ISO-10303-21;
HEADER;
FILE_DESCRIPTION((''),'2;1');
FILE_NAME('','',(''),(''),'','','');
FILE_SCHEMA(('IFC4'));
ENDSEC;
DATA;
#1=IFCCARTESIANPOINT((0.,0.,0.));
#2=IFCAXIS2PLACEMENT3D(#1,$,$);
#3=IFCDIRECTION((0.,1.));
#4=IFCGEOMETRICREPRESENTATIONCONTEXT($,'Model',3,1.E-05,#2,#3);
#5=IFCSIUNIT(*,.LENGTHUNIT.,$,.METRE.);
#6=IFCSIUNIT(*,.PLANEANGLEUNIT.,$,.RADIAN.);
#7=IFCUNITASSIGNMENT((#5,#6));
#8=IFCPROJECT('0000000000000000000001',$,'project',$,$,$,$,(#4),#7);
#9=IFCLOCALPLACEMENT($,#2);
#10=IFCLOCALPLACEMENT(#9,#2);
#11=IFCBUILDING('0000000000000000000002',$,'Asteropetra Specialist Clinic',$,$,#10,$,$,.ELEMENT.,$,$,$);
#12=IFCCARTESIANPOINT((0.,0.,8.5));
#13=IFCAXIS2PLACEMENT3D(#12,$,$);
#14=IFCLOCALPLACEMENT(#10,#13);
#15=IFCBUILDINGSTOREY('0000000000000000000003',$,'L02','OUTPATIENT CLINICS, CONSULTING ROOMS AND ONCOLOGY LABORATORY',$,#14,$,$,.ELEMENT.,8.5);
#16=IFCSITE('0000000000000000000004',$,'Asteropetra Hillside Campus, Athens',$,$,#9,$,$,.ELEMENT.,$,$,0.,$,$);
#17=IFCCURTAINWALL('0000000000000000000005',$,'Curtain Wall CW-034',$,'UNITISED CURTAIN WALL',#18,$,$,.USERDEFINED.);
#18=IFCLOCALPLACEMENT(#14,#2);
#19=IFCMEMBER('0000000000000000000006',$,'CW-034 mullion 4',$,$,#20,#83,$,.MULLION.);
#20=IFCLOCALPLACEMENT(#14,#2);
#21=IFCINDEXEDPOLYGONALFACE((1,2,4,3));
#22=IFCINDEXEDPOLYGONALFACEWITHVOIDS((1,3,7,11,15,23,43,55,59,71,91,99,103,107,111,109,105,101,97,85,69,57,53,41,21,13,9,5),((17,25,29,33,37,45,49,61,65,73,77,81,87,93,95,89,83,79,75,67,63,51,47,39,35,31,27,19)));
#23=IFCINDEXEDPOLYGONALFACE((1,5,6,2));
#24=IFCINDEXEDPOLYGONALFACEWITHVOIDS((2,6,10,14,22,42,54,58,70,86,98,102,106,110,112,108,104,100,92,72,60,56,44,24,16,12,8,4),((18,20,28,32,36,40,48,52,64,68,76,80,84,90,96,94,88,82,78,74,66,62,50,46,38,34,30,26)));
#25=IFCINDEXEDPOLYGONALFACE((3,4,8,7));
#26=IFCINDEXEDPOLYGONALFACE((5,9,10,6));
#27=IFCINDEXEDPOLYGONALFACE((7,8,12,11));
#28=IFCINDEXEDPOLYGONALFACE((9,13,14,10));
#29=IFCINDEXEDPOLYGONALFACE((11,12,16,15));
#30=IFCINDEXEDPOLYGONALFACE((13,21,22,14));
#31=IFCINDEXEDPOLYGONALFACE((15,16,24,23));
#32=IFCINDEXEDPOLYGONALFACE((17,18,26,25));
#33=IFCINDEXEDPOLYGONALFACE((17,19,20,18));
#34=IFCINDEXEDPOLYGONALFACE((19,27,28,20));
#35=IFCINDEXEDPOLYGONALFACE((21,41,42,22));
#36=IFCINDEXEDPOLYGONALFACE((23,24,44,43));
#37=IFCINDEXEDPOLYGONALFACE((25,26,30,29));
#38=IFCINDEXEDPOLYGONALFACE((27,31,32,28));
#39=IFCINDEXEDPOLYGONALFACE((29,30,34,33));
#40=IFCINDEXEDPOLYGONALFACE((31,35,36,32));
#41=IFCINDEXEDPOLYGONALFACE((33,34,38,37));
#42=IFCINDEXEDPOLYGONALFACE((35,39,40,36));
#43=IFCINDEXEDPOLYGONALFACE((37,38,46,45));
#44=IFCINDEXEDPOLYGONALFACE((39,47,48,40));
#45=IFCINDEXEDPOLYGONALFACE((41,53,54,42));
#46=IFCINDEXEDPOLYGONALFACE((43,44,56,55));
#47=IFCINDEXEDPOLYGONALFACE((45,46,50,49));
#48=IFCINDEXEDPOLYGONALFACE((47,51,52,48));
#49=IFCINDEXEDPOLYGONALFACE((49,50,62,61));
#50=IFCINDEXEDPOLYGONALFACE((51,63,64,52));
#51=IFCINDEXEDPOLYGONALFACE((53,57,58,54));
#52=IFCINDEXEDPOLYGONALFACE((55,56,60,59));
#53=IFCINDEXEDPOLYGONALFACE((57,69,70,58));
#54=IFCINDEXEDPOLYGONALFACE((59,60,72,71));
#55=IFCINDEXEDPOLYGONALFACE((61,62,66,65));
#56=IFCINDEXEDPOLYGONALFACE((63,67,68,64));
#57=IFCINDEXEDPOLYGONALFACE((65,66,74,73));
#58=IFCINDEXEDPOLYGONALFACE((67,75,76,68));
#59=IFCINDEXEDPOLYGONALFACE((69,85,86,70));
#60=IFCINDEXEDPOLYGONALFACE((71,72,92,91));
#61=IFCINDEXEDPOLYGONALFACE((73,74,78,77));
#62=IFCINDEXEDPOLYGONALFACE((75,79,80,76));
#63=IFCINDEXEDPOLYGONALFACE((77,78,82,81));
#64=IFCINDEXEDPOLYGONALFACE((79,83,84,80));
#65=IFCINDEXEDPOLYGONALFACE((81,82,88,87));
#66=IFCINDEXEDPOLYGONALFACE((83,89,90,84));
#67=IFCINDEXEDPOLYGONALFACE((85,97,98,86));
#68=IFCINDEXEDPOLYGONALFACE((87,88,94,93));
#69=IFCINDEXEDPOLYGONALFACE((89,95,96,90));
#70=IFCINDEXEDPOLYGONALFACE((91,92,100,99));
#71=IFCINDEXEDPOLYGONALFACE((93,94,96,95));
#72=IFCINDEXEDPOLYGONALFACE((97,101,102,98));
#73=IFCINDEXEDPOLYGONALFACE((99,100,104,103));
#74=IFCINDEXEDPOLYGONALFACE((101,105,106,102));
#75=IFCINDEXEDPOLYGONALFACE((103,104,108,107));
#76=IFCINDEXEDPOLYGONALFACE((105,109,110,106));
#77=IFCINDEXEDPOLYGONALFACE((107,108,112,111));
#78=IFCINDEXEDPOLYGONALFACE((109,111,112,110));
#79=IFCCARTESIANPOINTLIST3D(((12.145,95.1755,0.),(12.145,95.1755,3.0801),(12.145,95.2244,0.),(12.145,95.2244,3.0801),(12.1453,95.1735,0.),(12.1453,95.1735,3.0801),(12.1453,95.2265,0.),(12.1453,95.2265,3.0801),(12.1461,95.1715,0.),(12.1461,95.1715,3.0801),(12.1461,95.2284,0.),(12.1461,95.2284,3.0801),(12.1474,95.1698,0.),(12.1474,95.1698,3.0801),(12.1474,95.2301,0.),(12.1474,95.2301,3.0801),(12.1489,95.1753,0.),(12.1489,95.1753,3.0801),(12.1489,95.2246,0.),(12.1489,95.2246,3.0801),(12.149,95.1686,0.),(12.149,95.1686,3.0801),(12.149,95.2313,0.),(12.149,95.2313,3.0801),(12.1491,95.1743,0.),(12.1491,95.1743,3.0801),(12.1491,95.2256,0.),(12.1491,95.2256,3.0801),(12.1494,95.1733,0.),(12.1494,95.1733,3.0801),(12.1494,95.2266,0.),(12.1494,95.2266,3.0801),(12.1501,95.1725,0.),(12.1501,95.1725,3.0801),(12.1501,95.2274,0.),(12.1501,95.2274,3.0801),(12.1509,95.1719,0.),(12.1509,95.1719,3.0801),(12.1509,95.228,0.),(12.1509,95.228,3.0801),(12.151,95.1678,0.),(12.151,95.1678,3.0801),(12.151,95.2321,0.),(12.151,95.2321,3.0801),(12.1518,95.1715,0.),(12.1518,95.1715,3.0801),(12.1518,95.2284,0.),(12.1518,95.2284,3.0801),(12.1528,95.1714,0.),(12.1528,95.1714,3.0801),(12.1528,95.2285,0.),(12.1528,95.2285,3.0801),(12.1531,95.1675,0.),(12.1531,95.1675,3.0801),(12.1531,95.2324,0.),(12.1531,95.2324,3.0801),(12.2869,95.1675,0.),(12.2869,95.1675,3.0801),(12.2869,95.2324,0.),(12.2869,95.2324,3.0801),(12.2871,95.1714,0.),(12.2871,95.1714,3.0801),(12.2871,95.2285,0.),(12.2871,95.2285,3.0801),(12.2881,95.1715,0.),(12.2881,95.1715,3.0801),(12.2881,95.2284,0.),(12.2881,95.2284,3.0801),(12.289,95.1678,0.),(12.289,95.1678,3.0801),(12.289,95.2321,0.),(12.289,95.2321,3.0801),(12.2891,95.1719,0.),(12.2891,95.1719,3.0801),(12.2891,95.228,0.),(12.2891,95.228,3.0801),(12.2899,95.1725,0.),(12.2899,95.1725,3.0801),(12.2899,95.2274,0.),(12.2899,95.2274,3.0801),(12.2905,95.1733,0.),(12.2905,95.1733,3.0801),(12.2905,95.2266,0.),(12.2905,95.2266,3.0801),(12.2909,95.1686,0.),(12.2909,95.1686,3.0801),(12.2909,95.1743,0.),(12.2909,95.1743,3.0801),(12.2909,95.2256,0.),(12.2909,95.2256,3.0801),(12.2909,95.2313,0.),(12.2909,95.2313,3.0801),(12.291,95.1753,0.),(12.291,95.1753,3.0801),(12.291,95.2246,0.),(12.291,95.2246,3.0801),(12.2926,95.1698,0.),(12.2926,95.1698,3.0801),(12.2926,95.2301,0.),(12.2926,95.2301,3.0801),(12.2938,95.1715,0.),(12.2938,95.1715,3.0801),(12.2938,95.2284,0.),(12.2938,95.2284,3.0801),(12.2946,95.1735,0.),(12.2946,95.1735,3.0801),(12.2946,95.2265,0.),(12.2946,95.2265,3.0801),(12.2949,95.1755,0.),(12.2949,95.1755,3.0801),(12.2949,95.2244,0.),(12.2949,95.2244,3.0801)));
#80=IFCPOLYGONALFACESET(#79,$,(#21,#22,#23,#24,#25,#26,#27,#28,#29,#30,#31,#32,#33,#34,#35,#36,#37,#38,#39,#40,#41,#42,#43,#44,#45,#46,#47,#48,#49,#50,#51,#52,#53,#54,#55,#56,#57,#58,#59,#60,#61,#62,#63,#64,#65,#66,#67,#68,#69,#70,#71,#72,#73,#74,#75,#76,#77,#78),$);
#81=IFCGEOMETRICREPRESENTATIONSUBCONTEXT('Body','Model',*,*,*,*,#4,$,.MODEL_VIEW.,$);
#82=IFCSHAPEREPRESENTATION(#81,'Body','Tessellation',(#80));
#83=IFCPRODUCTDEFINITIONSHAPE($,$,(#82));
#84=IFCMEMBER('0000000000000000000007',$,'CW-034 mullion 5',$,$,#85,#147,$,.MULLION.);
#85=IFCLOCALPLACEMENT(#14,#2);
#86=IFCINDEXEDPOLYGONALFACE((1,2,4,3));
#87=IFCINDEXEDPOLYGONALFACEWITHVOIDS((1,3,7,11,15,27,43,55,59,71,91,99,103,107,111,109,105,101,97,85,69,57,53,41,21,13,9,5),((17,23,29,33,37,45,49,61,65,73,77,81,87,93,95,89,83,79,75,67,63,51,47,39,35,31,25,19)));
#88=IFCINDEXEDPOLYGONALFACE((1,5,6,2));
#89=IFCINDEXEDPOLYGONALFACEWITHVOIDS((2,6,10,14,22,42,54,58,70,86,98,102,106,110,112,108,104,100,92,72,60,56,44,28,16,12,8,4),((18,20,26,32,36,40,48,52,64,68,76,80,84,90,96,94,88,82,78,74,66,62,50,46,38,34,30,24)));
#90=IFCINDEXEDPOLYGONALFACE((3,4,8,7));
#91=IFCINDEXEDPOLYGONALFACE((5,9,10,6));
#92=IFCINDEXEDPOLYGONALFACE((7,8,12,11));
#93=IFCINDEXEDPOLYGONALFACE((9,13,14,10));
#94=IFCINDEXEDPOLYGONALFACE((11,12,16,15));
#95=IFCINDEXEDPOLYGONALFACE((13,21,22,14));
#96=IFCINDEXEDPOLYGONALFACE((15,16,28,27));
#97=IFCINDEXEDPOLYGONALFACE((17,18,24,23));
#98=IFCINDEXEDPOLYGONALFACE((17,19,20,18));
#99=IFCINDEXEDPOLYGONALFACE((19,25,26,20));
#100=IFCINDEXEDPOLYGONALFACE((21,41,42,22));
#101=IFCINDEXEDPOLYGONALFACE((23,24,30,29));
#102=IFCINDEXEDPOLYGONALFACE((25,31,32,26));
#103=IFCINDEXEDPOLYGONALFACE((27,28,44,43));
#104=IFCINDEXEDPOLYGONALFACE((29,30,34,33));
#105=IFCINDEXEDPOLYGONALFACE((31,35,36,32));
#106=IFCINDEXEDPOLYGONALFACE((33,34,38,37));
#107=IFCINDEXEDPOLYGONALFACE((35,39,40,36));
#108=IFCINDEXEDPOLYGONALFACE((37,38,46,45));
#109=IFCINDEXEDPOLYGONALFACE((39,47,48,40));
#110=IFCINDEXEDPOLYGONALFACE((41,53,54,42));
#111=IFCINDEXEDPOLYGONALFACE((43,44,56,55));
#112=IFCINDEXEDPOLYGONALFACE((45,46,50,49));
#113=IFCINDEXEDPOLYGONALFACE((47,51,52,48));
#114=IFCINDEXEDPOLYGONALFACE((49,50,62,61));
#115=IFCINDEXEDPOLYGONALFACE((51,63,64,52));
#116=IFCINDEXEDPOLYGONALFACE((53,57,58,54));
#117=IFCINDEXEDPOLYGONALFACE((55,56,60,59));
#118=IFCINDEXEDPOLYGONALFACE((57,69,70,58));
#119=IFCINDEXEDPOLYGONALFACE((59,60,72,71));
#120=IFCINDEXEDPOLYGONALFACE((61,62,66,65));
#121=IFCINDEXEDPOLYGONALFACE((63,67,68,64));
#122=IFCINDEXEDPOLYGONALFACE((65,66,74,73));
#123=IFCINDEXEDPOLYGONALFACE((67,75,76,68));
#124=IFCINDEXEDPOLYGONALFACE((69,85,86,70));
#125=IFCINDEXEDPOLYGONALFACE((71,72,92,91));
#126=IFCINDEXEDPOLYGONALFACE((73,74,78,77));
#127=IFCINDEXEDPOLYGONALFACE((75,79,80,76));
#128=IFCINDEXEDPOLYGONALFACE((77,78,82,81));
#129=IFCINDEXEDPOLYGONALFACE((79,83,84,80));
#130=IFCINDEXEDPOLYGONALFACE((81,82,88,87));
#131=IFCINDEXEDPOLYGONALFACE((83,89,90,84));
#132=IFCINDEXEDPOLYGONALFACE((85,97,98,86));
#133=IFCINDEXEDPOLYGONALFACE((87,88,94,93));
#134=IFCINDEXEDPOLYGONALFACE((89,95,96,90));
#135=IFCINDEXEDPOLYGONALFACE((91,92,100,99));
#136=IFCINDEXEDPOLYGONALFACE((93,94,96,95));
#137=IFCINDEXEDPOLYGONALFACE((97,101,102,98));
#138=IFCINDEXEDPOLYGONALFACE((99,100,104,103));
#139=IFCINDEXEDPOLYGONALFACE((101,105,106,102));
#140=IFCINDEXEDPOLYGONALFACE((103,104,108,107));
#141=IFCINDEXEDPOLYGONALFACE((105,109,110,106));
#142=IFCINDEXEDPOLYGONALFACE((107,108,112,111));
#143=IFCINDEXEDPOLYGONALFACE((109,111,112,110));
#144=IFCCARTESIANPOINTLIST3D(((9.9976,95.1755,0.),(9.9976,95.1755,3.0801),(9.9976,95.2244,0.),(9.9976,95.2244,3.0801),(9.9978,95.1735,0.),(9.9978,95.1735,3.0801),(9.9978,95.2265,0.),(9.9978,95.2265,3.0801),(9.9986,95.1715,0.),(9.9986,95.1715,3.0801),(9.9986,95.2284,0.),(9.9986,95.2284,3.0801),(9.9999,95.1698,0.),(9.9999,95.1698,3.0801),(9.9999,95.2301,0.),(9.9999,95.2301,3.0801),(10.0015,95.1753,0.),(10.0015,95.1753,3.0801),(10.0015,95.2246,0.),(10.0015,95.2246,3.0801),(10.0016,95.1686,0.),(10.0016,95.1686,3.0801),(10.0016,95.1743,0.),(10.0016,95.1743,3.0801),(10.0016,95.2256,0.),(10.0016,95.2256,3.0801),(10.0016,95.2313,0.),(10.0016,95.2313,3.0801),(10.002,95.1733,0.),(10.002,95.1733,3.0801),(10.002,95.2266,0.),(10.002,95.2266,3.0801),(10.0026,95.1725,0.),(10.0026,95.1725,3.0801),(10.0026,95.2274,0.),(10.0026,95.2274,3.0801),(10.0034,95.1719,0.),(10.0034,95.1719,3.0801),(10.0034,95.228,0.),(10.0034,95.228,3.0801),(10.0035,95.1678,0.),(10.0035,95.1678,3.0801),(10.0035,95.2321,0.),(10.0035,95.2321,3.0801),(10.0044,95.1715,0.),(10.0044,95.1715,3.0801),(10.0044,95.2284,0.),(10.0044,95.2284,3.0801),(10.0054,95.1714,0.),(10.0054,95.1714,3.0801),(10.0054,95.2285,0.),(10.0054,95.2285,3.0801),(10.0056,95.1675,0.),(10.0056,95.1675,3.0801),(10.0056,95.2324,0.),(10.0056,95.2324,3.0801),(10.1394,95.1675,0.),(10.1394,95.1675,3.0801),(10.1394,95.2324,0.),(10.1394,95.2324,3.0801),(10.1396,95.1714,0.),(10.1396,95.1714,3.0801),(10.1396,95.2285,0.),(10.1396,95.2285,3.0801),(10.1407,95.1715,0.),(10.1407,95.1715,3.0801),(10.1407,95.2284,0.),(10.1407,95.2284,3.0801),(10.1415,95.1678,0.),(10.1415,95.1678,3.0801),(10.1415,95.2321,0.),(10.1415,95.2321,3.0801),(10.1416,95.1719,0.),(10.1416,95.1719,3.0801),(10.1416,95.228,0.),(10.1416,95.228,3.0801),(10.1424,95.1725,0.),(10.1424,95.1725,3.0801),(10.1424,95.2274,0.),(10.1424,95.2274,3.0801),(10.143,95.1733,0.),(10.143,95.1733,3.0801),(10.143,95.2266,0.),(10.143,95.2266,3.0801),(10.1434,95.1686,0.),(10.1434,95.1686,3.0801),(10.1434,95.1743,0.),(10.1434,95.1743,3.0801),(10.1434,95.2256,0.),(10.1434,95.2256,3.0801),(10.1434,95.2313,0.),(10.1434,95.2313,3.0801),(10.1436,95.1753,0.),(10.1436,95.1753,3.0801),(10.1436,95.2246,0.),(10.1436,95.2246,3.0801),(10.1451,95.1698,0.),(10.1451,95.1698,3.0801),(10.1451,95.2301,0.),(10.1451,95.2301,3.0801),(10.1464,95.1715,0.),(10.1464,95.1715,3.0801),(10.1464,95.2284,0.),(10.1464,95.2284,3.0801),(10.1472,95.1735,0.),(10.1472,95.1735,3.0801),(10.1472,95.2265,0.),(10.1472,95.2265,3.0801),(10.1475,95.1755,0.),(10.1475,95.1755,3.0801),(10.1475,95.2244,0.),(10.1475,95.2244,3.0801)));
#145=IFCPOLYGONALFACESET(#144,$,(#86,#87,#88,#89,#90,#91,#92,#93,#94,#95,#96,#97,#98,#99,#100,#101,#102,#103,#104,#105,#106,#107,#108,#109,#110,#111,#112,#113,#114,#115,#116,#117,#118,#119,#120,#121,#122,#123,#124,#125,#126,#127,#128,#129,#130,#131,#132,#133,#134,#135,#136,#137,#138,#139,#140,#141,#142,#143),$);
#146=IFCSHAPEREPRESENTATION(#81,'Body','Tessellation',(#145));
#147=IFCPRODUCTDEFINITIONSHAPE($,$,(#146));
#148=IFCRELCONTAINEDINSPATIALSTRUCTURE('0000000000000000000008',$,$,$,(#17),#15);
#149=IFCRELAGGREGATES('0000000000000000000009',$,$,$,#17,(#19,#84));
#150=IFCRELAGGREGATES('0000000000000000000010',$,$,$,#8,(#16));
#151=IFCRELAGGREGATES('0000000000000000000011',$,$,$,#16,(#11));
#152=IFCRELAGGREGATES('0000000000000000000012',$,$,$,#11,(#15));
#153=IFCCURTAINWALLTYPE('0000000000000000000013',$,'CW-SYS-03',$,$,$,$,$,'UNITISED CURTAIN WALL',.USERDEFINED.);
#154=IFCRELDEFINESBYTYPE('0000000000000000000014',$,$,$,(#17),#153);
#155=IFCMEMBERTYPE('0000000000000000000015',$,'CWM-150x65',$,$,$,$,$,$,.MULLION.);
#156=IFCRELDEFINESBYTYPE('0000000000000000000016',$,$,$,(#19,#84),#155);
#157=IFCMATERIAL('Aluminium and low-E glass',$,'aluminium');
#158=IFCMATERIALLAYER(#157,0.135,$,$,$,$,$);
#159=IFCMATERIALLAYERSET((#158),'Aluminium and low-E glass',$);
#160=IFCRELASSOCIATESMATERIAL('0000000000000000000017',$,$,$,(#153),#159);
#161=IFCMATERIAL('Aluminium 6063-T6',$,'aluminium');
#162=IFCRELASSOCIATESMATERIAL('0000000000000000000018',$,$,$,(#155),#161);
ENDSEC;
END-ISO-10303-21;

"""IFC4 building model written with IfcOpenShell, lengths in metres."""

from ifc_helpers import new_model, si_unit, direction, frame, origin, origin_2d, place, context, subcontext, project, spatial, hollow_rectangle, extrude, material, layer, layer_set, material_profile, profile_set, type_object, element, aggregate, save


model = new_model("IFC4")

# Units and contexts
model_context = context("Model", 3, precision=1e-05, world=origin(), true_north=direction((0.0, 1.0)))
body_context = subcontext(model_context, "Body", "Model", "MODEL_VIEW")
ifc_project = project(units=[si_unit("LENGTHUNIT", "METRE"), si_unit("PLANEANGLEUNIT", "RADIAN")], contexts=[model_context])

# Site, building, storey
site_placement = place(None, origin())
site = spatial("IfcSite", under=ifc_project, at=site_placement, Name="Asteropetra Hillside Campus, Athens", CompositionType="ELEMENT", RefElevation=0.0)
building_placement = place(site_placement, origin())
building = spatial("IfcBuilding", under=site, at=building_placement, Name="Asteropetra Specialist Clinic", CompositionType="ELEMENT")
storey_placement = place(building_placement, frame((0.0, 0.0, 8.5)))
storey = spatial("IfcBuildingStorey", under=building, at=storey_placement, Name="L02", Description="OUTPATIENT CLINICS, CONSULTING ROOMS AND ONCOLOGY LABORATORY", CompositionType="ELEMENT", Elevation=8.5)

# Curtain wall, members
ifc_material_1 = material(Name="Aluminium and low-E glass", Category="aluminium")
ifc_layer_1 = layer(ifc_material_1, 0.135)
ifc_layer_set_1 = layer_set([ifc_layer_1], Name="Aluminium and low-E glass")
curtain_wall_type = type_object("IfcCurtainWallType", Name="CW-SYS-03", ElementType="UNITISED CURTAIN WALL", PredefinedType="USERDEFINED", material=ifc_layer_set_1)
curtain_wall_placement = place(storey_placement, origin())
curtain_wall = element("IfcCurtainWall", 1, at=curtain_wall_placement, inside=storey, type_object=curtain_wall_type, Name="Curtain Wall CW-034", ObjectType="UNITISED CURTAIN WALL", PredefinedType="USERDEFINED")
ifc_material_2 = material(Name="Aluminium 6063-T6", Category="aluminium")
ifc_material_profile_1 = material_profile(ifc_material_2, hollow_rectangle(XDim=0.0649, YDim=0.1499, WallThickness=0.0039, InnerFilletRadius=0.0039, OuterFilletRadius=0.0081, at=origin_2d()), Name="MUL 150x65x4.0")
ifc_profile_set_1 = profile_set([ifc_material_profile_1], Name="Aluminium 6063-T6")
member_type_1 = type_object("IfcMemberType", Name="CWM-150x65", PredefinedType="MULLION", material=ifc_profile_set_1)
member_1_placement = place(storey_placement, frame((12.22, 95.2, 0.0), z_axis=(0.0, 0.0, 1.0), x_axis=(0.0, -1.0, 0.0)))
member_1 = element("IfcMember", 2, at=member_1_placement, type_object=member_type_1, Name="CW-034 mullion 4", PredefinedType="MULLION", context=body_context, shape_type="SweptSolid", body=[
    extrude(hollow_rectangle(XDim=0.0649, YDim=0.1499, WallThickness=0.0039, InnerFilletRadius=0.0039, OuterFilletRadius=0.0081, at=origin_2d()), origin(), (0.0, 0.0, 1.0), 3.0801),
])
member_2_placement = place(storey_placement, frame((10.0725, 95.2, 0.0), z_axis=(0.0, 0.0, 1.0), x_axis=(0.0, -1.0, 0.0)))
member_2 = element("IfcMember", 3, at=member_2_placement, type_object=member_type_1, Name="CW-034 mullion 5", PredefinedType="MULLION", context=body_context, shape_type="SweptSolid", body=[
    extrude(hollow_rectangle(XDim=0.0649, YDim=0.1499, WallThickness=0.0039, InnerFilletRadius=0.0039, OuterFilletRadius=0.0081, at=origin_2d()), origin(), (0.0, 0.0, 1.0), 3.0801),
])

aggregate(curtain_wall, [member_1, member_2])

save(model, "model.ifc")
